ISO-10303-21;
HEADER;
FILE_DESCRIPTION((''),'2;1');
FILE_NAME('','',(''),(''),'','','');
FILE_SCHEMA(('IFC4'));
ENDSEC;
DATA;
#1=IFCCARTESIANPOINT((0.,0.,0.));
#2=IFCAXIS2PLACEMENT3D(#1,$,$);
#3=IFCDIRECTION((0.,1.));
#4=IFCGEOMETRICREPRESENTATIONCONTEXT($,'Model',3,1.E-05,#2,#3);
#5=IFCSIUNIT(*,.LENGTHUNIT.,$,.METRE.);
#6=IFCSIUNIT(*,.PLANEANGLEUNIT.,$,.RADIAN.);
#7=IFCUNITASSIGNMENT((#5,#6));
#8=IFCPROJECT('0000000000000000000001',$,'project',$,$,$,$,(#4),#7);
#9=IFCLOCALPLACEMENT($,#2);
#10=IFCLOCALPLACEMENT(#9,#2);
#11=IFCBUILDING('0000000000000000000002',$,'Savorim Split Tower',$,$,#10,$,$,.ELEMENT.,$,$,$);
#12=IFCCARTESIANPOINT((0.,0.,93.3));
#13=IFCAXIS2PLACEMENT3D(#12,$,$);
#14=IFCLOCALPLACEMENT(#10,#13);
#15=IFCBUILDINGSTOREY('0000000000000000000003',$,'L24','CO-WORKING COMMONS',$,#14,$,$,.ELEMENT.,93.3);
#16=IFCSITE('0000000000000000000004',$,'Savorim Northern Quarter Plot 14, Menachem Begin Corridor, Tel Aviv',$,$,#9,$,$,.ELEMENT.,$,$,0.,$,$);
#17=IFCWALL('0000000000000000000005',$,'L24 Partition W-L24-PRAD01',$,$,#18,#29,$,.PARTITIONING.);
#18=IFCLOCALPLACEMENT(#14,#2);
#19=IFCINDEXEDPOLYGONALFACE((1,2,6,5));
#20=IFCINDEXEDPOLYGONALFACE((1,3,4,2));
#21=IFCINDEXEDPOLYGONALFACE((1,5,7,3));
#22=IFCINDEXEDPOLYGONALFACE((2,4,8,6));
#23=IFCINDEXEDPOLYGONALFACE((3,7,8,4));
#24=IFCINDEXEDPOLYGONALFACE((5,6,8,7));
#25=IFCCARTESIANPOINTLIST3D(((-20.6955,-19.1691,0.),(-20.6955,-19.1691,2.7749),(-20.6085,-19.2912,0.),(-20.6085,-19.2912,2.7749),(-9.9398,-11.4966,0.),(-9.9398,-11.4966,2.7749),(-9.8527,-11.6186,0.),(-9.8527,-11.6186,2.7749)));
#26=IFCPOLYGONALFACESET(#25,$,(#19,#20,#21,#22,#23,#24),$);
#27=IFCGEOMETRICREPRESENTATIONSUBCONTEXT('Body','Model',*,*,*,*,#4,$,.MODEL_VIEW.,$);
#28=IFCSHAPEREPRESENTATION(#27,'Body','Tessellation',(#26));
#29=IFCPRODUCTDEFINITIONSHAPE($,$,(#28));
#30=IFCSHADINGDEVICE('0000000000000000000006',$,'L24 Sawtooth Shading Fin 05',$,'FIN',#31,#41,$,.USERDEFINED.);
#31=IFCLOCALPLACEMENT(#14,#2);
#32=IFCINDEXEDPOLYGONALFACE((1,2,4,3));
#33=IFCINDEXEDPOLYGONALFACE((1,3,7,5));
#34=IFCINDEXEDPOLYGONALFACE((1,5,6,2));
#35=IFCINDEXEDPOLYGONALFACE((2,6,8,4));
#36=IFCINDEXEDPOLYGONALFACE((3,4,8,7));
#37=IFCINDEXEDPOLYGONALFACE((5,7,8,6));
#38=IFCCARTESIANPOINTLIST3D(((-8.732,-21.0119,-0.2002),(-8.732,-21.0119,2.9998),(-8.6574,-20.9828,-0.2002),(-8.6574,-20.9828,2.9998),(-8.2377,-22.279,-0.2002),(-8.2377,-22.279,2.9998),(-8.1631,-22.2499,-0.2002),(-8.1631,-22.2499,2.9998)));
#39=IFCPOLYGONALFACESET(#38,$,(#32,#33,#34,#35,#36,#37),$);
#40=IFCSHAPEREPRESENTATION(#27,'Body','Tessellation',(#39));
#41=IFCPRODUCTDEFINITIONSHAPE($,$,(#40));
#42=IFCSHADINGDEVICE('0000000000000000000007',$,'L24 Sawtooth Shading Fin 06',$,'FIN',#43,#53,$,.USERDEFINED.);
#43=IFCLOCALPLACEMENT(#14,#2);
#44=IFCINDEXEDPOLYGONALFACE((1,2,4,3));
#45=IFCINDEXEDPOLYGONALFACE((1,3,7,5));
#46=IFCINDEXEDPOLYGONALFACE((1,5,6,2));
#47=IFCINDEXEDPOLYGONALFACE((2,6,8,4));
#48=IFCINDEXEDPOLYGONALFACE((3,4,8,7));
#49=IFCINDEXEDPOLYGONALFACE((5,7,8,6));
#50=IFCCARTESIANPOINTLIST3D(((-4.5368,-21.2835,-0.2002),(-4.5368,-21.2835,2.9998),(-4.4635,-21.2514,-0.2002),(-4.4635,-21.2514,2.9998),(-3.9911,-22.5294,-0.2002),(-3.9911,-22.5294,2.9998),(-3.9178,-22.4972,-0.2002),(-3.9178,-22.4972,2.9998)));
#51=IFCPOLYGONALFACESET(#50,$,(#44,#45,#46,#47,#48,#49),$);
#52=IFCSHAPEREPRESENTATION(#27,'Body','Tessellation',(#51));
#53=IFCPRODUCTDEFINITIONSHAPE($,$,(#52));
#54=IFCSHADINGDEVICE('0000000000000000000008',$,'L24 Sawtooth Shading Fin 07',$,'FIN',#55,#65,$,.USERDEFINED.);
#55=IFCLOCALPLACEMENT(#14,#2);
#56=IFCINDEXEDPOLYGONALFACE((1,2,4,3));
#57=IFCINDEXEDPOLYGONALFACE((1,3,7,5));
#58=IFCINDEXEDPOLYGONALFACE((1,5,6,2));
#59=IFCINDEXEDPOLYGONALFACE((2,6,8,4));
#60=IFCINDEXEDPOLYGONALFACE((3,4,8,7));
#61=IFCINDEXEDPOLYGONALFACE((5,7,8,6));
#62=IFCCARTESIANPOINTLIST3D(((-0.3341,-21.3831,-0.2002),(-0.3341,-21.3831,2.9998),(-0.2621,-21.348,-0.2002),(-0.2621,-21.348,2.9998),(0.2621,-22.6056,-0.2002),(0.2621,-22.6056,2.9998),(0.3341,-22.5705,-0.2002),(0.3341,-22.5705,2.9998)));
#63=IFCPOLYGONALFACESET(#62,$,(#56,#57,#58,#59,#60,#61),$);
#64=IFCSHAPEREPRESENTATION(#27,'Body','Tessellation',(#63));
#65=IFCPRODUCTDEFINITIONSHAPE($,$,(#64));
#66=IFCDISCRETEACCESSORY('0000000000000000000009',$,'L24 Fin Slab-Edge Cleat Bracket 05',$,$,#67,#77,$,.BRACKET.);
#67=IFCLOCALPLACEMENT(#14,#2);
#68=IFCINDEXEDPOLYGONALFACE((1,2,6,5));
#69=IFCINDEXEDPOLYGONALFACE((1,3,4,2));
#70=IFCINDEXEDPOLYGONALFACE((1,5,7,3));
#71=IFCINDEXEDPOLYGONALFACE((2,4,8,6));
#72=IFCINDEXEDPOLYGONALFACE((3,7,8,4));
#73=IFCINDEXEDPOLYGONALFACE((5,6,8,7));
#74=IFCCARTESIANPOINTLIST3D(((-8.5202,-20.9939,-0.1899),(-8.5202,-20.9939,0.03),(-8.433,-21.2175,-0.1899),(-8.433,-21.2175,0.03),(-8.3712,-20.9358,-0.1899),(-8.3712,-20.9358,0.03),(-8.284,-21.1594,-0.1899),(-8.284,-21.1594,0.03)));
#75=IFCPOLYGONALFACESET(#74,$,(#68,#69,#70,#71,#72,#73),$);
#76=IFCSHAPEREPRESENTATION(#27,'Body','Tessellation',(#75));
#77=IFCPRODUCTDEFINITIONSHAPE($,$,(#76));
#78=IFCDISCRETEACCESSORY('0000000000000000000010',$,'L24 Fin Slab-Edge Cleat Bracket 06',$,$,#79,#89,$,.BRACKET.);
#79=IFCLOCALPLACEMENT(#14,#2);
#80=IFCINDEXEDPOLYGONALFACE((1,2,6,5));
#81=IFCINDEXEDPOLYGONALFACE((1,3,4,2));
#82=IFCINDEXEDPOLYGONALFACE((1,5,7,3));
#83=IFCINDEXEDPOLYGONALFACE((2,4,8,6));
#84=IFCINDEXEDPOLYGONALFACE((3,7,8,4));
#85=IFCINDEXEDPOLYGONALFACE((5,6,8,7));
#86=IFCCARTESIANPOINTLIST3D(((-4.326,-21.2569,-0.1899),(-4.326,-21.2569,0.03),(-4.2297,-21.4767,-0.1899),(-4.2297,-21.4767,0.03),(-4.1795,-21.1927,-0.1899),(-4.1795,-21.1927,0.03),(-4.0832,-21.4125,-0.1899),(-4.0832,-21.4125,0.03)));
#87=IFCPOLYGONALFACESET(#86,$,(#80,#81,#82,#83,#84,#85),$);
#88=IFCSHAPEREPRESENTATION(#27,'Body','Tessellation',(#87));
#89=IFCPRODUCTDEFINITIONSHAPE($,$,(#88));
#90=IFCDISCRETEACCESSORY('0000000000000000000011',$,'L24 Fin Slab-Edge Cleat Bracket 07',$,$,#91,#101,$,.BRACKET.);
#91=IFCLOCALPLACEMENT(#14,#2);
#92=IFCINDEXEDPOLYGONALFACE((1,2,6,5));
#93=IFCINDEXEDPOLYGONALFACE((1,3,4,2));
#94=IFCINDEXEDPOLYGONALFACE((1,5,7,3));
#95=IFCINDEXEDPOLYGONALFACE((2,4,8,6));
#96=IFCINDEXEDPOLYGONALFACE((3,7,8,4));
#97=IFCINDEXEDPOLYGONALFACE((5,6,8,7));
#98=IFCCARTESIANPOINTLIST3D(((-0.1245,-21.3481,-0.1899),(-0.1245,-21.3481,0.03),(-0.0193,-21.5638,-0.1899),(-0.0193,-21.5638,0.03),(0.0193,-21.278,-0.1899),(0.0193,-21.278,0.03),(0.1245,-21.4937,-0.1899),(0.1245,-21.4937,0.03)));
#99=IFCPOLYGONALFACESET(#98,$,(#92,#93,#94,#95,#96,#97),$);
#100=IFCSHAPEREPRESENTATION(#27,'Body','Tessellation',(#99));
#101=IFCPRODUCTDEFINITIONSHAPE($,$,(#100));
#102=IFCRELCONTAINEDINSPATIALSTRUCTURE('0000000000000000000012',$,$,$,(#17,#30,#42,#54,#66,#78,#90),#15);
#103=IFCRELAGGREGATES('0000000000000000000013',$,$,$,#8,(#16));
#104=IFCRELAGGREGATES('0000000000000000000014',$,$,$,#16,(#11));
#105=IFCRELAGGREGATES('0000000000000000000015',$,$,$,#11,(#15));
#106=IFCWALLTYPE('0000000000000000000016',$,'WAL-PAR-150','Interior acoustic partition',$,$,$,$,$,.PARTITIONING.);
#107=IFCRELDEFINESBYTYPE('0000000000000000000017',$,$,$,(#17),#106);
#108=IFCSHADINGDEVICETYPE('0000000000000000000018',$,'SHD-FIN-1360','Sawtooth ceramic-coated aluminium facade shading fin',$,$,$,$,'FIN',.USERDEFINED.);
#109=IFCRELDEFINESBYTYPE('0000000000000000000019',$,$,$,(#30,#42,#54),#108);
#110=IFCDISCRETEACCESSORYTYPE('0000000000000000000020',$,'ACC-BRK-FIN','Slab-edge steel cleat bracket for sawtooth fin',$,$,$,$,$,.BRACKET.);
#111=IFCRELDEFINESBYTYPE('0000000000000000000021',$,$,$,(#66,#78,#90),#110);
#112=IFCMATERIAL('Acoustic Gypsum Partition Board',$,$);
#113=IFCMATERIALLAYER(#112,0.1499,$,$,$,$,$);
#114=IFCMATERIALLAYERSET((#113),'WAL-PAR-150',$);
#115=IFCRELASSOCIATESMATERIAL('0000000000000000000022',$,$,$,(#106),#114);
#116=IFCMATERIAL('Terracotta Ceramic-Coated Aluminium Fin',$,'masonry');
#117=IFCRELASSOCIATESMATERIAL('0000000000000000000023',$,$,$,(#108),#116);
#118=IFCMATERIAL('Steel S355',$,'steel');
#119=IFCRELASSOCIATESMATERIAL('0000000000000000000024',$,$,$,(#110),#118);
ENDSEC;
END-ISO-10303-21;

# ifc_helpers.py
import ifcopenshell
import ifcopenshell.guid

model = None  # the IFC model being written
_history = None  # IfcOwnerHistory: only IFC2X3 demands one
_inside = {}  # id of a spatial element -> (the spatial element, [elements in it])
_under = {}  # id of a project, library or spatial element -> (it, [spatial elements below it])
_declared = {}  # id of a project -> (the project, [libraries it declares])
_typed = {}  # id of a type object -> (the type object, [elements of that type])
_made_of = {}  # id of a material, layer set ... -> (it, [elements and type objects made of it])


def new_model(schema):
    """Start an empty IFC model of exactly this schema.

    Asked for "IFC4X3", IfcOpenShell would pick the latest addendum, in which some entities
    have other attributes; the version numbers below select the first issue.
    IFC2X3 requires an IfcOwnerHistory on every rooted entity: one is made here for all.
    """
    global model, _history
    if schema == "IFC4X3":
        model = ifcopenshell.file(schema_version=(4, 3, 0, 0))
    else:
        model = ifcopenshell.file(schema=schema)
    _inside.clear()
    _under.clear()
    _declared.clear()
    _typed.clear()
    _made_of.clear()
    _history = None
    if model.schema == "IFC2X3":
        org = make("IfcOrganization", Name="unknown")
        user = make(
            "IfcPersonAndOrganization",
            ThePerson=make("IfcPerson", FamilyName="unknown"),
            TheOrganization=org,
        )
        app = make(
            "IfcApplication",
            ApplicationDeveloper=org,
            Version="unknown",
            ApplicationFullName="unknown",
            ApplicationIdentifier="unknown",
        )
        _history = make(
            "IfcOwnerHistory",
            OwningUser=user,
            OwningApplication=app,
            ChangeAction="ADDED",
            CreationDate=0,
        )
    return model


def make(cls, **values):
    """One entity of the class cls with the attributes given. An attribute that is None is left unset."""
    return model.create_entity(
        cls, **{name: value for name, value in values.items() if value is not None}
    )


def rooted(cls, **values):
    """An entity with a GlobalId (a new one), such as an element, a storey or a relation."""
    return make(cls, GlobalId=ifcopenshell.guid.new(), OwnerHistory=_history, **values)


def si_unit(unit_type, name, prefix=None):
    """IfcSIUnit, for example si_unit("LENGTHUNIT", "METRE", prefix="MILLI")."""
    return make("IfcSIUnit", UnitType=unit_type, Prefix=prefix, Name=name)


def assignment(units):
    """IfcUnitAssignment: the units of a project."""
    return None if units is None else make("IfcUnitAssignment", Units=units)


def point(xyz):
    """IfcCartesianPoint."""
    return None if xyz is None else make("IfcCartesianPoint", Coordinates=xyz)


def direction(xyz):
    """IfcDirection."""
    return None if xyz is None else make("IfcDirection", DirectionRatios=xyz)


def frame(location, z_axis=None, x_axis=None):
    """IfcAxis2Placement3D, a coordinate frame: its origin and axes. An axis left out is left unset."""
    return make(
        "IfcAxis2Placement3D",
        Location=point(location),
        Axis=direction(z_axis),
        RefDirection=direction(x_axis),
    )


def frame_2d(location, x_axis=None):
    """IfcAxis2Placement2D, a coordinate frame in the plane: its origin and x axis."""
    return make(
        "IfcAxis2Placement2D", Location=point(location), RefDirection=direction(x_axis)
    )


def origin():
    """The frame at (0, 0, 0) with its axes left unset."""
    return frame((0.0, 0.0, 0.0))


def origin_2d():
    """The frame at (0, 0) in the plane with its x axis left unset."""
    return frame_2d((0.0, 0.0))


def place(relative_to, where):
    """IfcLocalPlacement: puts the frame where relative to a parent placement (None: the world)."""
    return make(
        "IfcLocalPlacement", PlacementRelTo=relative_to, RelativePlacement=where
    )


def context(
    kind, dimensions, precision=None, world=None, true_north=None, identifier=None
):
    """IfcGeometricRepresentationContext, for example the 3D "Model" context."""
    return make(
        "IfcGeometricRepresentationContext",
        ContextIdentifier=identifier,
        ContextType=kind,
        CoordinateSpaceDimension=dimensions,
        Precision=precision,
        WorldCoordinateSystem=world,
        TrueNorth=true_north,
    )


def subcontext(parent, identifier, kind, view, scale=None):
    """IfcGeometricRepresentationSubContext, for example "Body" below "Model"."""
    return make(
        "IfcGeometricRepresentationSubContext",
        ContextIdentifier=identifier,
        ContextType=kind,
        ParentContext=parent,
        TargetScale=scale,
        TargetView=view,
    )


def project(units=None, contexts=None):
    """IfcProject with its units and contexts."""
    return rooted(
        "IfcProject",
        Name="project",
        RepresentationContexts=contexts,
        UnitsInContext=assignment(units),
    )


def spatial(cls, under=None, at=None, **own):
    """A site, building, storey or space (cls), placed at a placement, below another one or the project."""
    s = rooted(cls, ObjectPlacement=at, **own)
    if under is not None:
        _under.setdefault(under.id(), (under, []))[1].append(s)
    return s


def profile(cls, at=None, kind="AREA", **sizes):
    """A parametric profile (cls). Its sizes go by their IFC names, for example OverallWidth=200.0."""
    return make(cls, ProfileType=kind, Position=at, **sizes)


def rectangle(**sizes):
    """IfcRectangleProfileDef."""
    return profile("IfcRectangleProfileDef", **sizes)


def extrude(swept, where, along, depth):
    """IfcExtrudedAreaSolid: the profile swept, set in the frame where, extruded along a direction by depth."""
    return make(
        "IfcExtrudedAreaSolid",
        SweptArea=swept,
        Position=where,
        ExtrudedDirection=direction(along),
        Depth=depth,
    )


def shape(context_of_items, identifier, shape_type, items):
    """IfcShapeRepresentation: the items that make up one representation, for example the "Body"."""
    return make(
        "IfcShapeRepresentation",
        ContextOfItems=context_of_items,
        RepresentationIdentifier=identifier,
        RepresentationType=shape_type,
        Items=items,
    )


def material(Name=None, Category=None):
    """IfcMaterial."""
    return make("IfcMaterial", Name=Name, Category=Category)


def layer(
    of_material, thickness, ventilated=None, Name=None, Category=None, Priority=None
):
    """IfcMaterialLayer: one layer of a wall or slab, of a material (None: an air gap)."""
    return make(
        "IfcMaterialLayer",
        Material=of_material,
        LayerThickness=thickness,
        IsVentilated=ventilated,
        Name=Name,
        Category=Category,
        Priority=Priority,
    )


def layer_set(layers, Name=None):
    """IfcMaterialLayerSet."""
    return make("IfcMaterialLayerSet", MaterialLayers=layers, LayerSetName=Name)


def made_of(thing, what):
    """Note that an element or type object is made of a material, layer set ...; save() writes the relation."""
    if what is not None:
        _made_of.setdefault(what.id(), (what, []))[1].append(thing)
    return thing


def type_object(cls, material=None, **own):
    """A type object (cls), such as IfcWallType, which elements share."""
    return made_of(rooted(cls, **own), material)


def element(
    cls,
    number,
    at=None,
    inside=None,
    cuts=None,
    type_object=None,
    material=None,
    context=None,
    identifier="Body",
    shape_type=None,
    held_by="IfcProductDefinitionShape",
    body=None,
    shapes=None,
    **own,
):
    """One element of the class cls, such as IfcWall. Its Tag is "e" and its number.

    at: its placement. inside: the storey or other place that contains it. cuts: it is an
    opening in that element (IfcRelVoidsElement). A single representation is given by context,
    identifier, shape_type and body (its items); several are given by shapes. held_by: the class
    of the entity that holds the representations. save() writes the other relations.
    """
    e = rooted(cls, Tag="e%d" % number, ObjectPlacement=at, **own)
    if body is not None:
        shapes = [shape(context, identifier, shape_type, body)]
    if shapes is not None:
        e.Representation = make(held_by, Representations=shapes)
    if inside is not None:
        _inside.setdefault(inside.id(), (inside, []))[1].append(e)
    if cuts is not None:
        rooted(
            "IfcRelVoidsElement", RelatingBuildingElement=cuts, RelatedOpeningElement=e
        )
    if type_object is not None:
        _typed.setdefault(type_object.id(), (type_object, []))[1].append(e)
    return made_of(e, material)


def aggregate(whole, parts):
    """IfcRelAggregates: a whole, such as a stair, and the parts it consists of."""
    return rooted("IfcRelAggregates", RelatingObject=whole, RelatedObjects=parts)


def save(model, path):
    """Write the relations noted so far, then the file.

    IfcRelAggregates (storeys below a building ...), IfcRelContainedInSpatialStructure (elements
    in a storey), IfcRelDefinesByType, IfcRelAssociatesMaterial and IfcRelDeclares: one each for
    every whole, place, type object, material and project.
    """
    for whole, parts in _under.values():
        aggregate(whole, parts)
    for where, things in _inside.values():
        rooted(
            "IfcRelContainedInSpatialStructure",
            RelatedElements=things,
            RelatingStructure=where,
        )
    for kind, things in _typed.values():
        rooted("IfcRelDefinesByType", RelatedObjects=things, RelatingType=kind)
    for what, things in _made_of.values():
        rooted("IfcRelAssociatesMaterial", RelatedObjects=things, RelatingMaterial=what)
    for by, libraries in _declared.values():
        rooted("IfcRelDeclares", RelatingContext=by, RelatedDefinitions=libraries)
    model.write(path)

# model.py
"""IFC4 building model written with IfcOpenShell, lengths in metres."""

from ifc_helpers import new_model, si_unit, direction, frame, frame_2d, origin, origin_2d, place, context, subcontext, project, spatial, rectangle, extrude, material, layer, layer_set, type_object, element, save


model = new_model("IFC4")

# Units and contexts
model_context = context("Model", 3, precision=1e-05, world=origin(), true_north=direction((0.0, 1.0)))
body_context = subcontext(model_context, "Body", "Model", "MODEL_VIEW")
ifc_project = project(units=[si_unit("LENGTHUNIT", "METRE"), si_unit("PLANEANGLEUNIT", "RADIAN")], contexts=[model_context])

# Site, building, storey
site_placement = place(None, origin())
site = spatial("IfcSite", under=ifc_project, at=site_placement, Name="Savorim Northern Quarter Plot 14, Menachem Begin Corridor, Tel Aviv", CompositionType="ELEMENT", RefElevation=0.0)
building_placement = place(site_placement, origin())
building = spatial("IfcBuilding", under=site, at=building_placement, Name="Savorim Split Tower", CompositionType="ELEMENT")
storey_placement = place(building_placement, frame((0.0, 0.0, 93.3)))
storey = spatial("IfcBuildingStorey", under=building, at=storey_placement, Name="L24", Description="CO-WORKING COMMONS", CompositionType="ELEMENT", Elevation=93.3)

# Shared definitions
ifc_material_1 = material(Name="Steel S355", Category="steel")

# Shared definitions
ifc_material_2 = material(Name="Acoustic Gypsum Partition Board")
ifc_layer_1 = layer(ifc_material_2, 0.1499)
ifc_layer_set_1 = layer_set([ifc_layer_1], Name="WAL-PAR-150")
wall_type = type_object("IfcWallType", Name="WAL-PAR-150", Description="Interior acoustic partition", PredefinedType="PARTITIONING", material=ifc_layer_set_1)

# Wall
wall_1_placement = place(storey_placement, frame((-9.8962, -11.5576, 0.0), z_axis=(0.0, 0.0, 1.0), x_axis=(-0.814097, -0.580729, 0.0)))
element("IfcWall", 1, at=wall_1_placement, inside=storey, type_object=wall_type, Name="L24 Partition W-L24-PRAD01", PredefinedType="PARTITIONING", context=body_context, shape_type="SweptSolid", body=[
    extrude(rectangle(XDim=13.2119, YDim=0.1499, at=frame_2d((6.606, 0.0))), origin(), (0.0, 0.0, 1.0), 2.7749),
])

# Shading devices
ifc_material_3 = material(Name="Terracotta Ceramic-Coated Aluminium Fin", Category="masonry")
shading_device_type = type_object("IfcShadingDeviceType", Name="SHD-FIN-1360", Description="Sawtooth ceramic-coated aluminium facade shading fin", ElementType="FIN", PredefinedType="USERDEFINED", material=ifc_material_3)
for number, where, z_axis, x_axis, name in (
    (2, (-8.4475, -21.6309, -0.2002), (0.0, 0.0, 1.0), (0.363415, -0.931627, 0.0), "L24 Sawtooth Shading Fin 05"),
    (3, (-4.2273, -21.8904, -0.2002), (0.0, 0.0, 1.0), (0.40123, -0.915977, 0.0), "L24 Sawtooth Shading Fin 06"),
    (4, (0.0, -21.9768, -0.2002), (0.0, 0.0, 1.0), (0.438371, -0.898794, 0.0), "L24 Sawtooth Shading Fin 07"),
):
    element("IfcShadingDevice", number, at=place(storey_placement, frame(where, z_axis=z_axis, x_axis=x_axis)), inside=storey, type_object=shading_device_type, Name=name, ObjectType="FIN", PredefinedType="USERDEFINED", context=body_context, shape_type="SweptSolid", body=[
        extrude(rectangle(XDim=1.3601, YDim=0.0801, at=origin_2d()), origin(), (0.0, 0.0, 1.0), 3.2),
    ])

# Discrete accessories
discrete_accessory_type = type_object("IfcDiscreteAccessoryType", Name="ACC-BRK-FIN", Description="Slab-edge steel cleat bracket for sawtooth fin", PredefinedType="BRACKET", material=ifc_material_1)
for number, where, z_axis, x_axis, name in (
    (5, (-8.4021, -21.0767, -0.1899), (0.0, 0.0, 1.0), (0.363415, -0.931627, 0.0), "L24 Fin Slab-Edge Cleat Bracket 05"),
    (6, (-4.2046, -21.3347, -0.1899), (0.0, 0.0, 1.0), (0.40123, -0.915977, 0.0), "L24 Fin Slab-Edge Cleat Bracket 06"),
    (7, (0.0, -21.4209, -0.1899), (0.0, 0.0, 1.0), (0.438371, -0.898794, 0.0), "L24 Fin Slab-Edge Cleat Bracket 07"),
):
    element("IfcDiscreteAccessory", number, at=place(storey_placement, frame(where, z_axis=z_axis, x_axis=x_axis)), inside=storey, type_object=discrete_accessory_type, Name=name, PredefinedType="BRACKET", context=body_context, shape_type="SweptSolid", body=[
        extrude(rectangle(XDim=0.24, YDim=0.1599, at=origin_2d()), origin(), (0.0, 0.0, 1.0), 0.22),
    ])

save(model, "model.ifc")
